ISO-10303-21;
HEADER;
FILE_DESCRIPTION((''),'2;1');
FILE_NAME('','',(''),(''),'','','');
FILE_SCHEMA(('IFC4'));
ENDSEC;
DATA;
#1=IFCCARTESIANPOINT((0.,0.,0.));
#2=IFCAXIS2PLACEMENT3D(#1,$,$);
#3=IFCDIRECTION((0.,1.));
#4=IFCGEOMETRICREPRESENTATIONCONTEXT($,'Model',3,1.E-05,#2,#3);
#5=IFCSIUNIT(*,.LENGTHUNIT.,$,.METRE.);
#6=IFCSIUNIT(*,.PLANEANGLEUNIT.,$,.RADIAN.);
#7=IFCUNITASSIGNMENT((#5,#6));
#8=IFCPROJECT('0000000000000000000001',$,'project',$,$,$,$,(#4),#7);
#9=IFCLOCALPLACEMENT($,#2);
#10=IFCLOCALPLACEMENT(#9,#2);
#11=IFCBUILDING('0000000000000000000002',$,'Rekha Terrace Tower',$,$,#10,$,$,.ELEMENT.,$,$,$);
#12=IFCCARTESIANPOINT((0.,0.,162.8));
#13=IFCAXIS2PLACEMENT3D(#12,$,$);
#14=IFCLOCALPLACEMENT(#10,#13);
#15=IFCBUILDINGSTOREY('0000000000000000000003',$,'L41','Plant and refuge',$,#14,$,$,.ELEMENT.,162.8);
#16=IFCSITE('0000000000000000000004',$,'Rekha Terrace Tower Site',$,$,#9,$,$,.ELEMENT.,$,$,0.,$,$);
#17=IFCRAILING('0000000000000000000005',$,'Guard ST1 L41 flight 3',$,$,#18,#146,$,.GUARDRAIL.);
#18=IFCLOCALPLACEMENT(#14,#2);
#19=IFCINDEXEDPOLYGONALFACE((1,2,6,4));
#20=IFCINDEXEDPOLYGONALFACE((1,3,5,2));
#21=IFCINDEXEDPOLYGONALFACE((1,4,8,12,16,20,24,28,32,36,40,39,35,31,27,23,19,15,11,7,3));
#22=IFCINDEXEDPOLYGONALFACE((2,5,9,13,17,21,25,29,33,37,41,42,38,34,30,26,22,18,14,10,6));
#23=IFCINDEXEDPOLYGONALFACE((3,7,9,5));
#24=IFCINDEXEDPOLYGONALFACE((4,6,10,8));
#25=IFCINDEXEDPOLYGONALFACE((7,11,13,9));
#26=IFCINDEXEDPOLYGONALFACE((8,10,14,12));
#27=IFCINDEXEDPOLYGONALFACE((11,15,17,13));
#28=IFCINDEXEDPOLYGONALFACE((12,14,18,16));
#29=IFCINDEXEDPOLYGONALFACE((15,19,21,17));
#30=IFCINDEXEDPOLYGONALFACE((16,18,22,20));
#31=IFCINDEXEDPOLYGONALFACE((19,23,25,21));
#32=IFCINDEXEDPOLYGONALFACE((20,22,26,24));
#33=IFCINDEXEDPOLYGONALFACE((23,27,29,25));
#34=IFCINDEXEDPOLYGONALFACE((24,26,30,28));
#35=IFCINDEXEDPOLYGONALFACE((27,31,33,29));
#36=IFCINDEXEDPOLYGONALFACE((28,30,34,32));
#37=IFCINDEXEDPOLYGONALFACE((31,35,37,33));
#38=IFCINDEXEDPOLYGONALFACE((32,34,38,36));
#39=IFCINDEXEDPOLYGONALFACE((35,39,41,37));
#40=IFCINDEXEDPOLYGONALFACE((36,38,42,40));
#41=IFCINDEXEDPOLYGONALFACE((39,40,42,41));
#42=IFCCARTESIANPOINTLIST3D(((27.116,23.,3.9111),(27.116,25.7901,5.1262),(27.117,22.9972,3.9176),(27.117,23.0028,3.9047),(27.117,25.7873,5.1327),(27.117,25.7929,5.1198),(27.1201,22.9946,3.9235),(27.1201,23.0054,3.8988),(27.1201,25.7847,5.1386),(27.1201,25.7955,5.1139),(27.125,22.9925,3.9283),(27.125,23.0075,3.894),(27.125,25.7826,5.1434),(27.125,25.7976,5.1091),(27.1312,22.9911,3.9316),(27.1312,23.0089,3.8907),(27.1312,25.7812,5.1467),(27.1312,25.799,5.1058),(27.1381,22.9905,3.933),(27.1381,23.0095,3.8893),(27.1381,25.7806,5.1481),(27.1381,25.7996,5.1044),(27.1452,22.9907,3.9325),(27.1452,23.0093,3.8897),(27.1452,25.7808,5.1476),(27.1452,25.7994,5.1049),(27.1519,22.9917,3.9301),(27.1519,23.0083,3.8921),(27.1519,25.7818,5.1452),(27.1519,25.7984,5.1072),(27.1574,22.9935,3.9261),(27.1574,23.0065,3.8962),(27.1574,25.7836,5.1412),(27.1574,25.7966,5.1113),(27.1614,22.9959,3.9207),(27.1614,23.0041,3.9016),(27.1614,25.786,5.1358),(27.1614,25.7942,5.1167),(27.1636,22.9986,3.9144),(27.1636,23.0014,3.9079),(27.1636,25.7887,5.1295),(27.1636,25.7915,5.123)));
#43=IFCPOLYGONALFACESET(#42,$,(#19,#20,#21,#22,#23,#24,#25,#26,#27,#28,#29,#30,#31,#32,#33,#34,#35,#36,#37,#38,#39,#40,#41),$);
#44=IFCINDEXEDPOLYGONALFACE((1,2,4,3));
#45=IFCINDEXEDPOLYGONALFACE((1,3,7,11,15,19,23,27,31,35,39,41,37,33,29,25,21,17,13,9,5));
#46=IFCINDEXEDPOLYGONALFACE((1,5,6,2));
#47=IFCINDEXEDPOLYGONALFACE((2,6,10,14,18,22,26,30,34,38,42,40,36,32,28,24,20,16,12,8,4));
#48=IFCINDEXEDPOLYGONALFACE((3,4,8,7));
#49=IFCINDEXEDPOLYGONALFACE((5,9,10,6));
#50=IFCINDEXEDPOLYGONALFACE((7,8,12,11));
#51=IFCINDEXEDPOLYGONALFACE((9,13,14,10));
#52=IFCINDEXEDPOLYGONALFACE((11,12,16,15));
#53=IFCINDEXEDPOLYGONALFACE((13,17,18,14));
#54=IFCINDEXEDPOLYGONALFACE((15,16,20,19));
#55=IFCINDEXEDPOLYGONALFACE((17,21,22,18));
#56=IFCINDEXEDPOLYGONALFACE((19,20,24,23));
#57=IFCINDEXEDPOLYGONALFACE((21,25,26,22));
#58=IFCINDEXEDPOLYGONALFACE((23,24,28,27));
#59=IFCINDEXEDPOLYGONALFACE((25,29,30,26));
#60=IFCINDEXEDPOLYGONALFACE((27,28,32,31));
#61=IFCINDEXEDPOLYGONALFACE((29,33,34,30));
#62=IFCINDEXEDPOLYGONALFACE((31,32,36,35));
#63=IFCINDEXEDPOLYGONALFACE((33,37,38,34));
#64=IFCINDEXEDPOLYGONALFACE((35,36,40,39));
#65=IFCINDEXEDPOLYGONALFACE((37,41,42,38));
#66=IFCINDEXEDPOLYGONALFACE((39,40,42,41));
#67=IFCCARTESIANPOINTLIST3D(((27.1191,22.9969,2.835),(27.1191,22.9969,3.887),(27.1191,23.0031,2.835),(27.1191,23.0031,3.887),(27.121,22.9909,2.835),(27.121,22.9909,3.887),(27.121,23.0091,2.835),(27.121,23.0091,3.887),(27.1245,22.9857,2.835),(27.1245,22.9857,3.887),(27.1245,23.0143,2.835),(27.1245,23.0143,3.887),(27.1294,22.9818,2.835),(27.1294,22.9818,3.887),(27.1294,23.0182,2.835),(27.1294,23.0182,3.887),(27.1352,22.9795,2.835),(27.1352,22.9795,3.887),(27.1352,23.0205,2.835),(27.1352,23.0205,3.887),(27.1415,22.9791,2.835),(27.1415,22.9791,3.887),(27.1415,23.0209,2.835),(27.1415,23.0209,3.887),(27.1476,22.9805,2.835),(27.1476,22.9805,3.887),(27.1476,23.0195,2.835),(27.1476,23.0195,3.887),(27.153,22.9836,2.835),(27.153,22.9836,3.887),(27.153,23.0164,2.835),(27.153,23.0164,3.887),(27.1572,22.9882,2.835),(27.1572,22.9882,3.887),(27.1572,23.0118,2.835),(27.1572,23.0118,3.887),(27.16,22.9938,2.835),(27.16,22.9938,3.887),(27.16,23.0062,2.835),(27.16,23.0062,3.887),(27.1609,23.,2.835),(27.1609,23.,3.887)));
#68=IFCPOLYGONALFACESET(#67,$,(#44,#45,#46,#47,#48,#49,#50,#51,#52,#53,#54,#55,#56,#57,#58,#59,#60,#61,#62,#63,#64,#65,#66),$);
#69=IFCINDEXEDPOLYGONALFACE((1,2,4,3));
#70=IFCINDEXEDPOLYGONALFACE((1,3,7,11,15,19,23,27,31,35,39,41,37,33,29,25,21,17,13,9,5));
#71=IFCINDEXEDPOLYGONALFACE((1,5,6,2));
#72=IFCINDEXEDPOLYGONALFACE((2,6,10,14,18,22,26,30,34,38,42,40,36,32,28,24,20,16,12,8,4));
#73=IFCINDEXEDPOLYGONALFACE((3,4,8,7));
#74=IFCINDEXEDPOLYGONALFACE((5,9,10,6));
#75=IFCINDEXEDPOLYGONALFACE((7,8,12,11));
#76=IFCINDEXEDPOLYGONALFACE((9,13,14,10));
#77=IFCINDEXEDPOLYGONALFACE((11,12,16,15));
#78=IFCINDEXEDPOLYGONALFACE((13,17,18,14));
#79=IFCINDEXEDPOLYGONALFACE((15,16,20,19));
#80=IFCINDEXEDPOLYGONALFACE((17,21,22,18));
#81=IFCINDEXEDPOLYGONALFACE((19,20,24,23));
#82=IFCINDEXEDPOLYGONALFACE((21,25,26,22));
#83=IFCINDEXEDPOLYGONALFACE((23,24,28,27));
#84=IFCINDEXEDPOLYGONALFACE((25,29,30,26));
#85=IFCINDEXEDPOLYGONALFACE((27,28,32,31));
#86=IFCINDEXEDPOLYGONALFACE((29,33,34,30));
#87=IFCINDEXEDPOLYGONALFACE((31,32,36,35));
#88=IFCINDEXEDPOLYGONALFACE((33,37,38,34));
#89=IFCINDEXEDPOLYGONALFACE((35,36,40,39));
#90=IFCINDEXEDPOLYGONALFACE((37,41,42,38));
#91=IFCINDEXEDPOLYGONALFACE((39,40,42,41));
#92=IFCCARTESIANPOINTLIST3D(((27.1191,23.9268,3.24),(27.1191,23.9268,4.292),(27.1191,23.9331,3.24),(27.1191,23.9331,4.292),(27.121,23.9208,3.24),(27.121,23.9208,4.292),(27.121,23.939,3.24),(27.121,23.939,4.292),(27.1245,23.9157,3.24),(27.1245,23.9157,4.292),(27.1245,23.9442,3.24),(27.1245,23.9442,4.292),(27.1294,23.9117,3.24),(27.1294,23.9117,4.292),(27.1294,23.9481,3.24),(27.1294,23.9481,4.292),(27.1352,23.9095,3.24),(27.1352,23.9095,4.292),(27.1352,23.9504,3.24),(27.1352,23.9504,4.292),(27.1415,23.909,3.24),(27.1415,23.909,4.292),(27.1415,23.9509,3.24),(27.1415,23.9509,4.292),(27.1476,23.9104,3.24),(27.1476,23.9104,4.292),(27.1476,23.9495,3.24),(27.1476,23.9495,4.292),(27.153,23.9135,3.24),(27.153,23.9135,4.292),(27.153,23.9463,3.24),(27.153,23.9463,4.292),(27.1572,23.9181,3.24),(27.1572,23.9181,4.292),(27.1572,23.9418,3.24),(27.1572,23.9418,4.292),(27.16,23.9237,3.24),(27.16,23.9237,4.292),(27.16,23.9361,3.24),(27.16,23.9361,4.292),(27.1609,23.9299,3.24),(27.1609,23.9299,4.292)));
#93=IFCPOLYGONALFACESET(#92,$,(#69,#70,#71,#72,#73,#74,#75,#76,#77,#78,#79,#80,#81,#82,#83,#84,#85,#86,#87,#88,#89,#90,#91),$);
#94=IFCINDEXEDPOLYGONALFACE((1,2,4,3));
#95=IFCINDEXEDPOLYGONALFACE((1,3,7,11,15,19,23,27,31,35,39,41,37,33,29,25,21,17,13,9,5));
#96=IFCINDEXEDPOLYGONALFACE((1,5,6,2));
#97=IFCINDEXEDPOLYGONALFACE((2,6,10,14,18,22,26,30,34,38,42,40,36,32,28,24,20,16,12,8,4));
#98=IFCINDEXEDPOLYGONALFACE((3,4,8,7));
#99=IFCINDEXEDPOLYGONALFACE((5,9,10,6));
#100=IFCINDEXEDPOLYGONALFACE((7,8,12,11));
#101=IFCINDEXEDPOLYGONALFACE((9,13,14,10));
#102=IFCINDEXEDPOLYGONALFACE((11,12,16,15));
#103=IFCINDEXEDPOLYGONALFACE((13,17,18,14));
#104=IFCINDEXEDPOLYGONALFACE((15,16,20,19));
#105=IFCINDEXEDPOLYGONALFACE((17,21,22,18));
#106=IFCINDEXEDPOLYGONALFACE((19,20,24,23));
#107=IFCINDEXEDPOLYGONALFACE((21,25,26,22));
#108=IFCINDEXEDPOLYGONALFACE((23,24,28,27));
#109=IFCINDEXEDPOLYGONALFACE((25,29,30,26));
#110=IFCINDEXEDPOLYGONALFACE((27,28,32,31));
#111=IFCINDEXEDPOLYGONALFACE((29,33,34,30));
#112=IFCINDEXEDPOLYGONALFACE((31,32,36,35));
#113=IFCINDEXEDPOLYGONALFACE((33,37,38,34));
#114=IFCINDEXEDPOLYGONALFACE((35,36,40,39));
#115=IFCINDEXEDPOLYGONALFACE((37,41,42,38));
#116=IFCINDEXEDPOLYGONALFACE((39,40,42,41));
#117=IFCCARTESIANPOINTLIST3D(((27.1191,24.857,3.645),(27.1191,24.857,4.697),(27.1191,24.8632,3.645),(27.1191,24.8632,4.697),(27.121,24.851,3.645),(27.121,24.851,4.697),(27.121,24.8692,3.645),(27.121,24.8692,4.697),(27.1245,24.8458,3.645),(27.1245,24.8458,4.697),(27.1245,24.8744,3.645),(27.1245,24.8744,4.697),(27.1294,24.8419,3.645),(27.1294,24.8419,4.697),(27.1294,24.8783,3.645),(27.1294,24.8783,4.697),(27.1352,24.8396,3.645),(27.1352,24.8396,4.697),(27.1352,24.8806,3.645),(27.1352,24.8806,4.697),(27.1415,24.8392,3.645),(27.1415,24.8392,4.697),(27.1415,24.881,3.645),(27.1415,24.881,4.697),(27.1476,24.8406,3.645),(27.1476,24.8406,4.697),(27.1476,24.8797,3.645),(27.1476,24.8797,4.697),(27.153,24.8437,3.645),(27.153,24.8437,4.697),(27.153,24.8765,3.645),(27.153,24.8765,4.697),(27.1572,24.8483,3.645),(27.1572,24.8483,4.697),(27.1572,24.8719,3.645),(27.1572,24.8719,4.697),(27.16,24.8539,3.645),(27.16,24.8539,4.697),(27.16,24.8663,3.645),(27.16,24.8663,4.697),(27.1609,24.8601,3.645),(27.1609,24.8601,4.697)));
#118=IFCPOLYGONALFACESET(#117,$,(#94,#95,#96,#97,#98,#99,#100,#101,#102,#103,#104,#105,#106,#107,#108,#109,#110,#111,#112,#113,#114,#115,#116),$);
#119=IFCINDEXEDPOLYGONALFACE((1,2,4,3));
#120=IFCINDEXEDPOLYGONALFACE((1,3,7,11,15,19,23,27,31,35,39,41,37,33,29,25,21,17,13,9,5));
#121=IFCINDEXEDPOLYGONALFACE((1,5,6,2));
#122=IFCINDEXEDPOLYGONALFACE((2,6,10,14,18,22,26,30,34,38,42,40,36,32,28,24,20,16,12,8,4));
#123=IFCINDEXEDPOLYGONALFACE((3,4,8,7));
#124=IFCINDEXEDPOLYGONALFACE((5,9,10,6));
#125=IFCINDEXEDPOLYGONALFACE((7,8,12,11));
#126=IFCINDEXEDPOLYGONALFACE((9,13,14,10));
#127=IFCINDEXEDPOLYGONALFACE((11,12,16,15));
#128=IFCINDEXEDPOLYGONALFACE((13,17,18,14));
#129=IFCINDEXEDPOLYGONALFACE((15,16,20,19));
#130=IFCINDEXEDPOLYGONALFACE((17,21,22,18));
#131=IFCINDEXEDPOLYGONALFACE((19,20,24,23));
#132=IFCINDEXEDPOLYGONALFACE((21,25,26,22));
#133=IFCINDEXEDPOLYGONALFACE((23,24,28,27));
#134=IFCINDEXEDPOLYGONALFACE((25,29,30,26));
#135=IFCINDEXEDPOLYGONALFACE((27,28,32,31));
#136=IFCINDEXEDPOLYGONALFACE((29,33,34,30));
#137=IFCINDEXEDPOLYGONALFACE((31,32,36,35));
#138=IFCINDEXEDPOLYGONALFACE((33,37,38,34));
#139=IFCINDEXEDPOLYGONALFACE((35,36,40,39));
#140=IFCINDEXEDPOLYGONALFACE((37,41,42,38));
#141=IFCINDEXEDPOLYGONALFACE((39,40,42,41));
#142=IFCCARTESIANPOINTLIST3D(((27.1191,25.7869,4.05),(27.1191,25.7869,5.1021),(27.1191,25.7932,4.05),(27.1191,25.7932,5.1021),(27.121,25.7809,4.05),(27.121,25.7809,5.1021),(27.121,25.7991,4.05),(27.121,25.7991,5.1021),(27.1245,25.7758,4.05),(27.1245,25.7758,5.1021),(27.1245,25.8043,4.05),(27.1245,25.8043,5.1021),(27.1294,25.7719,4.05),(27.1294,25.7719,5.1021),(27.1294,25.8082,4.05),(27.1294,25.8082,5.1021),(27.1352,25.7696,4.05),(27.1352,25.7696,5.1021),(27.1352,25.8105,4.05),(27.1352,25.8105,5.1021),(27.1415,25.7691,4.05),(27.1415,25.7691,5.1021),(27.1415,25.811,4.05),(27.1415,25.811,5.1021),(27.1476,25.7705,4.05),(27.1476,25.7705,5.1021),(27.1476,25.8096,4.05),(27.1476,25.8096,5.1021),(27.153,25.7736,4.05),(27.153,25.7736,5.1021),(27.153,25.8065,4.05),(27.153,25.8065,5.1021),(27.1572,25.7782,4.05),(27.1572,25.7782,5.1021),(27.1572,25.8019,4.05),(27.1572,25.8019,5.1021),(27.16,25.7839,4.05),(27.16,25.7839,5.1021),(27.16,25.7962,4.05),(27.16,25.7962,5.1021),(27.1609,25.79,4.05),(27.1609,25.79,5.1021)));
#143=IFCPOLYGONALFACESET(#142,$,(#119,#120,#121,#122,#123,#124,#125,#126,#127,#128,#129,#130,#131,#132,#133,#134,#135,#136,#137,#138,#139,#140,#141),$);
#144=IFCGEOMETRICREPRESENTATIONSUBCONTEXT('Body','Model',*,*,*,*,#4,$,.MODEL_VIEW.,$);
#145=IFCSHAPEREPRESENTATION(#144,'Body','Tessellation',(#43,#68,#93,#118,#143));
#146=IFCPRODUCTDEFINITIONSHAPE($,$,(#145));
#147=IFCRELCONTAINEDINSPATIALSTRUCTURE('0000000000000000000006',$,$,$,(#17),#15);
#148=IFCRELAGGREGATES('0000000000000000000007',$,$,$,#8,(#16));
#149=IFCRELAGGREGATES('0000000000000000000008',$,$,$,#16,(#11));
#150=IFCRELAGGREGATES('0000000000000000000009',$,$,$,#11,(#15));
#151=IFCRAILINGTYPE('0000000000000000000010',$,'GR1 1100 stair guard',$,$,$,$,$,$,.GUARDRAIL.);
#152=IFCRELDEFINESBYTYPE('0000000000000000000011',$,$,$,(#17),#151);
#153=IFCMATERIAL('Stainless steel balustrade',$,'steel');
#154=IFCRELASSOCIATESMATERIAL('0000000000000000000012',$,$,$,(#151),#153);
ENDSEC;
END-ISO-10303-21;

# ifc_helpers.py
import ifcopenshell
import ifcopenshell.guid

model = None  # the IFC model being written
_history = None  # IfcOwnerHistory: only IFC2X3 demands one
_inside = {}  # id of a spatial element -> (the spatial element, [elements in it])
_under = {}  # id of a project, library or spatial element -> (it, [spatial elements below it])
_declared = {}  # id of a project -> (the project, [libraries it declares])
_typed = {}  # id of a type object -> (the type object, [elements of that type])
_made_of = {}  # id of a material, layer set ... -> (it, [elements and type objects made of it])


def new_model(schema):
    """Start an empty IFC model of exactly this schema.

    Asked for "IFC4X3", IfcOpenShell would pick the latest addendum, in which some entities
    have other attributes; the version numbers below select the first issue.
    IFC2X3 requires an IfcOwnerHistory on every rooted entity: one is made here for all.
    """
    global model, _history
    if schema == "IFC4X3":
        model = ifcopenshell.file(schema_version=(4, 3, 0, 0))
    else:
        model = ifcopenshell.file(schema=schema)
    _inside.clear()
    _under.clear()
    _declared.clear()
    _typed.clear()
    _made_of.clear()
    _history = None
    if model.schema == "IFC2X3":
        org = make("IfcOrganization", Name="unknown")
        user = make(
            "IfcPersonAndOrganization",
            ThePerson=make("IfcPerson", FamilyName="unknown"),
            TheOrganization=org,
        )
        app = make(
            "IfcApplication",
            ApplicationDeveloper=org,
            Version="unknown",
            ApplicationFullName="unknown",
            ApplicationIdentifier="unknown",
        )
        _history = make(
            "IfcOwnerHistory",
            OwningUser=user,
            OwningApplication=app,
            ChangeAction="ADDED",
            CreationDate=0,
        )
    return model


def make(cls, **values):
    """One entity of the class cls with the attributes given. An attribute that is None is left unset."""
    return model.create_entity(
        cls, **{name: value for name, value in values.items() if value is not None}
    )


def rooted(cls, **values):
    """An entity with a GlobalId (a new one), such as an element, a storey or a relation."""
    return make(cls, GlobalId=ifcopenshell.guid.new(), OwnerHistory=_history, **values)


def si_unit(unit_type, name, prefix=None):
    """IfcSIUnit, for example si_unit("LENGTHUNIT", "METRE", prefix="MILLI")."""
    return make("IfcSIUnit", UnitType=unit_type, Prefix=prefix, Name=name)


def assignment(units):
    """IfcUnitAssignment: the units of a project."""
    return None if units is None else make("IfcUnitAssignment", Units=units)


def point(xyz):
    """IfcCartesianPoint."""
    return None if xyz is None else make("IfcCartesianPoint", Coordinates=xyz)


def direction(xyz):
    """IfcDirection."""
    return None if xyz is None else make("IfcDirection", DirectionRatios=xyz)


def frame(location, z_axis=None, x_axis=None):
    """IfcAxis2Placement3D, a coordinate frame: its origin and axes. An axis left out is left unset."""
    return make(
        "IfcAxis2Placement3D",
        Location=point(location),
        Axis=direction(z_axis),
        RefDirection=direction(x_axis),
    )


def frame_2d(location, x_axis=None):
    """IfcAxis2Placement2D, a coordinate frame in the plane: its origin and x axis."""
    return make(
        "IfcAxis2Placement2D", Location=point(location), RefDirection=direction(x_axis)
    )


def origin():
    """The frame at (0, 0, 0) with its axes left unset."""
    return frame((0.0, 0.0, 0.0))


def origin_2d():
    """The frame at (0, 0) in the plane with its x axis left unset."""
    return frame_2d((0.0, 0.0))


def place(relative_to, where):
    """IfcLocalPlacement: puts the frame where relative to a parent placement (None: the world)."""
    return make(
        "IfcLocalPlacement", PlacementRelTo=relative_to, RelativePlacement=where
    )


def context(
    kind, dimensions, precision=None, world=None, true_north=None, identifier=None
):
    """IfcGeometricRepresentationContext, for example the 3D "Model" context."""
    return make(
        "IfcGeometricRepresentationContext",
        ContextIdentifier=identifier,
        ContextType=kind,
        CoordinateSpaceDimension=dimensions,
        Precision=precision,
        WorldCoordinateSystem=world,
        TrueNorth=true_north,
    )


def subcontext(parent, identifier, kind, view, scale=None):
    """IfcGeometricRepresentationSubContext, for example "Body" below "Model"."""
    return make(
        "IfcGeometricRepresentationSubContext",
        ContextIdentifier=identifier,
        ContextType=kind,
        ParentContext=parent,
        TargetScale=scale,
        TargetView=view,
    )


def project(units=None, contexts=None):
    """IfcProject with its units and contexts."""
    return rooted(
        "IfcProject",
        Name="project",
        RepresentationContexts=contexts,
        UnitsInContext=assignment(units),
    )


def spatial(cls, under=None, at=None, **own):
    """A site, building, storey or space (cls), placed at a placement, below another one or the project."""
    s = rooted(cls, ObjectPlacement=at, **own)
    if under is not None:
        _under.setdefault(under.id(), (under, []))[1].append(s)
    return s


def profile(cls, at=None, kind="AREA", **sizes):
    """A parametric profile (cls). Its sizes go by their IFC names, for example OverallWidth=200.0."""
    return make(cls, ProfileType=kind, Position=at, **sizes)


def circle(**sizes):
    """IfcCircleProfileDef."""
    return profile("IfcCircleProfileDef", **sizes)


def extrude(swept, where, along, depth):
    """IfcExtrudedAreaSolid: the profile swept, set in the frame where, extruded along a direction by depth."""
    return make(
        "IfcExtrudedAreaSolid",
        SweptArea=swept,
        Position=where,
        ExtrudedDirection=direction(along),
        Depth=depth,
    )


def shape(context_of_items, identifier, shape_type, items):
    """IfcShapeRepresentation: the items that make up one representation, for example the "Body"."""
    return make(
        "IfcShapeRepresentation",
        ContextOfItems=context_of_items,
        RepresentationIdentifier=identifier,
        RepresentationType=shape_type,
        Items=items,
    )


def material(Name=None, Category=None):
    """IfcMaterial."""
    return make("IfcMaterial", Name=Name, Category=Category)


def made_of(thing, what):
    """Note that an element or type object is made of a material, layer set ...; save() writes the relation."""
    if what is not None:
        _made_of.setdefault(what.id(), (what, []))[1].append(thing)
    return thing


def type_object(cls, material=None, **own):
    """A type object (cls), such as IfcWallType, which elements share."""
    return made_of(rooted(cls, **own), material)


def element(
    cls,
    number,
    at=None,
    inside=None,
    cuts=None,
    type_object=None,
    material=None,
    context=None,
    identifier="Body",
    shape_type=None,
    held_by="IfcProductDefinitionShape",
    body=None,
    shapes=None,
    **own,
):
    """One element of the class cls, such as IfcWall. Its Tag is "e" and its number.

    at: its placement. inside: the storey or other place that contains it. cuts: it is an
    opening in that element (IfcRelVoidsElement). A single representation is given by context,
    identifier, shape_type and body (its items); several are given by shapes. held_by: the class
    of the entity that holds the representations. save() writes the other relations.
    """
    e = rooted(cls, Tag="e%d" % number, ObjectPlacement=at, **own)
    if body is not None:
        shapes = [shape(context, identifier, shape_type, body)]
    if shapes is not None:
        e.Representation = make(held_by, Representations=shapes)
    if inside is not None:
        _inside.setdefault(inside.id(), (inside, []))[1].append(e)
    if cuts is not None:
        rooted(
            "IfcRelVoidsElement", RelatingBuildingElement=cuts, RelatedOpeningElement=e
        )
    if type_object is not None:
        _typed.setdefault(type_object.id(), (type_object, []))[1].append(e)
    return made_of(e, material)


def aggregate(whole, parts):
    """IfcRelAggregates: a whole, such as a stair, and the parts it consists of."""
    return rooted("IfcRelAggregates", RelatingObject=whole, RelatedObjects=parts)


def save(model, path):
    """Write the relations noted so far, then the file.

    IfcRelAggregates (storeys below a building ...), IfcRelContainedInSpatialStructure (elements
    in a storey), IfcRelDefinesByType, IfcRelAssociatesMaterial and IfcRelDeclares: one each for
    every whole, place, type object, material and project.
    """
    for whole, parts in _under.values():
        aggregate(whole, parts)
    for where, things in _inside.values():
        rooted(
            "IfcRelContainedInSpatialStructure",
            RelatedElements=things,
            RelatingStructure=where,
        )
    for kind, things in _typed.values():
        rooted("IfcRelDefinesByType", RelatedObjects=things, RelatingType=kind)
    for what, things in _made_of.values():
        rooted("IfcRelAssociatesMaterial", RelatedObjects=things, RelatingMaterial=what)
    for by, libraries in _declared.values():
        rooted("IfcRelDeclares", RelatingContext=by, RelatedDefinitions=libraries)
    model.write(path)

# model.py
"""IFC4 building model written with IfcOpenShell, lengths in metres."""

from ifc_helpers import new_model, si_unit, direction, frame, origin, origin_2d, place, context, subcontext, project, spatial, circle, extrude, material, type_object, element, save


model = new_model("IFC4")

# Units and contexts
model_context = context("Model", 3, precision=1e-05, world=origin(), true_north=direction((0.0, 1.0)))
body_context = subcontext(model_context, "Body", "Model", "MODEL_VIEW")
ifc_project = project(units=[si_unit("LENGTHUNIT", "METRE"), si_unit("PLANEANGLEUNIT", "RADIAN")], contexts=[model_context])

# Site, building, storey
site_placement = place(None, origin())
site = spatial("IfcSite", under=ifc_project, at=site_placement, Name="Rekha Terrace Tower Site", CompositionType="ELEMENT", RefElevation=0.0)
building_placement = place(site_placement, origin())
building = spatial("IfcBuilding", under=site, at=building_placement, Name="Rekha Terrace Tower", CompositionType="ELEMENT")
storey_placement = place(building_placement, frame((0.0, 0.0, 162.8)))
storey = spatial("IfcBuildingStorey", under=building, at=storey_placement, Name="L41", Description="Plant and refuge", CompositionType="ELEMENT", Elevation=162.8)

# Railing
ifc_material_1 = material(Name="Stainless steel balustrade", Category="steel")
railing_type_1 = type_object("IfcRailingType", Name="GR1 1100 stair guard", PredefinedType="GUARDRAIL", material=ifc_material_1)
railing_1_placement = place(storey_placement, frame((27.1399, 23.0, 2.835)))
element("IfcRailing", 1, at=railing_1_placement, inside=storey, type_object=railing_type_1, Name="Guard ST1 L41 flight 3", PredefinedType="GUARDRAIL", context=body_context, shape_type="SweptSolid", body=[
    extrude(circle(Radius=0.0239, at=origin_2d()), frame((0.0, 0.0, 1.0762), z_axis=(0.0, 0.916826, 0.399286), x_axis=(-1.0, 0.0, 0.0)), (0.0, 0.0, 1.0), 3.0432),
    extrude(circle(Radius=0.021, at=origin_2d()), origin(), (0.0, 0.0, 1.0), 1.052),
    extrude(circle(Radius=0.021, at=origin_2d()), frame((0.0, 0.9299, 0.405)), (0.0, 0.0, 1.0), 1.052),
    extrude(circle(Radius=0.021, at=origin_2d()), frame((0.0, 1.8601, 0.8101)), (0.0, 0.0, 1.0), 1.052),
    extrude(circle(Radius=0.021, at=origin_2d()), frame((0.0, 2.79, 1.2151)), (0.0, 0.0, 1.0), 1.052),
])

save(model, "model.ifc")
